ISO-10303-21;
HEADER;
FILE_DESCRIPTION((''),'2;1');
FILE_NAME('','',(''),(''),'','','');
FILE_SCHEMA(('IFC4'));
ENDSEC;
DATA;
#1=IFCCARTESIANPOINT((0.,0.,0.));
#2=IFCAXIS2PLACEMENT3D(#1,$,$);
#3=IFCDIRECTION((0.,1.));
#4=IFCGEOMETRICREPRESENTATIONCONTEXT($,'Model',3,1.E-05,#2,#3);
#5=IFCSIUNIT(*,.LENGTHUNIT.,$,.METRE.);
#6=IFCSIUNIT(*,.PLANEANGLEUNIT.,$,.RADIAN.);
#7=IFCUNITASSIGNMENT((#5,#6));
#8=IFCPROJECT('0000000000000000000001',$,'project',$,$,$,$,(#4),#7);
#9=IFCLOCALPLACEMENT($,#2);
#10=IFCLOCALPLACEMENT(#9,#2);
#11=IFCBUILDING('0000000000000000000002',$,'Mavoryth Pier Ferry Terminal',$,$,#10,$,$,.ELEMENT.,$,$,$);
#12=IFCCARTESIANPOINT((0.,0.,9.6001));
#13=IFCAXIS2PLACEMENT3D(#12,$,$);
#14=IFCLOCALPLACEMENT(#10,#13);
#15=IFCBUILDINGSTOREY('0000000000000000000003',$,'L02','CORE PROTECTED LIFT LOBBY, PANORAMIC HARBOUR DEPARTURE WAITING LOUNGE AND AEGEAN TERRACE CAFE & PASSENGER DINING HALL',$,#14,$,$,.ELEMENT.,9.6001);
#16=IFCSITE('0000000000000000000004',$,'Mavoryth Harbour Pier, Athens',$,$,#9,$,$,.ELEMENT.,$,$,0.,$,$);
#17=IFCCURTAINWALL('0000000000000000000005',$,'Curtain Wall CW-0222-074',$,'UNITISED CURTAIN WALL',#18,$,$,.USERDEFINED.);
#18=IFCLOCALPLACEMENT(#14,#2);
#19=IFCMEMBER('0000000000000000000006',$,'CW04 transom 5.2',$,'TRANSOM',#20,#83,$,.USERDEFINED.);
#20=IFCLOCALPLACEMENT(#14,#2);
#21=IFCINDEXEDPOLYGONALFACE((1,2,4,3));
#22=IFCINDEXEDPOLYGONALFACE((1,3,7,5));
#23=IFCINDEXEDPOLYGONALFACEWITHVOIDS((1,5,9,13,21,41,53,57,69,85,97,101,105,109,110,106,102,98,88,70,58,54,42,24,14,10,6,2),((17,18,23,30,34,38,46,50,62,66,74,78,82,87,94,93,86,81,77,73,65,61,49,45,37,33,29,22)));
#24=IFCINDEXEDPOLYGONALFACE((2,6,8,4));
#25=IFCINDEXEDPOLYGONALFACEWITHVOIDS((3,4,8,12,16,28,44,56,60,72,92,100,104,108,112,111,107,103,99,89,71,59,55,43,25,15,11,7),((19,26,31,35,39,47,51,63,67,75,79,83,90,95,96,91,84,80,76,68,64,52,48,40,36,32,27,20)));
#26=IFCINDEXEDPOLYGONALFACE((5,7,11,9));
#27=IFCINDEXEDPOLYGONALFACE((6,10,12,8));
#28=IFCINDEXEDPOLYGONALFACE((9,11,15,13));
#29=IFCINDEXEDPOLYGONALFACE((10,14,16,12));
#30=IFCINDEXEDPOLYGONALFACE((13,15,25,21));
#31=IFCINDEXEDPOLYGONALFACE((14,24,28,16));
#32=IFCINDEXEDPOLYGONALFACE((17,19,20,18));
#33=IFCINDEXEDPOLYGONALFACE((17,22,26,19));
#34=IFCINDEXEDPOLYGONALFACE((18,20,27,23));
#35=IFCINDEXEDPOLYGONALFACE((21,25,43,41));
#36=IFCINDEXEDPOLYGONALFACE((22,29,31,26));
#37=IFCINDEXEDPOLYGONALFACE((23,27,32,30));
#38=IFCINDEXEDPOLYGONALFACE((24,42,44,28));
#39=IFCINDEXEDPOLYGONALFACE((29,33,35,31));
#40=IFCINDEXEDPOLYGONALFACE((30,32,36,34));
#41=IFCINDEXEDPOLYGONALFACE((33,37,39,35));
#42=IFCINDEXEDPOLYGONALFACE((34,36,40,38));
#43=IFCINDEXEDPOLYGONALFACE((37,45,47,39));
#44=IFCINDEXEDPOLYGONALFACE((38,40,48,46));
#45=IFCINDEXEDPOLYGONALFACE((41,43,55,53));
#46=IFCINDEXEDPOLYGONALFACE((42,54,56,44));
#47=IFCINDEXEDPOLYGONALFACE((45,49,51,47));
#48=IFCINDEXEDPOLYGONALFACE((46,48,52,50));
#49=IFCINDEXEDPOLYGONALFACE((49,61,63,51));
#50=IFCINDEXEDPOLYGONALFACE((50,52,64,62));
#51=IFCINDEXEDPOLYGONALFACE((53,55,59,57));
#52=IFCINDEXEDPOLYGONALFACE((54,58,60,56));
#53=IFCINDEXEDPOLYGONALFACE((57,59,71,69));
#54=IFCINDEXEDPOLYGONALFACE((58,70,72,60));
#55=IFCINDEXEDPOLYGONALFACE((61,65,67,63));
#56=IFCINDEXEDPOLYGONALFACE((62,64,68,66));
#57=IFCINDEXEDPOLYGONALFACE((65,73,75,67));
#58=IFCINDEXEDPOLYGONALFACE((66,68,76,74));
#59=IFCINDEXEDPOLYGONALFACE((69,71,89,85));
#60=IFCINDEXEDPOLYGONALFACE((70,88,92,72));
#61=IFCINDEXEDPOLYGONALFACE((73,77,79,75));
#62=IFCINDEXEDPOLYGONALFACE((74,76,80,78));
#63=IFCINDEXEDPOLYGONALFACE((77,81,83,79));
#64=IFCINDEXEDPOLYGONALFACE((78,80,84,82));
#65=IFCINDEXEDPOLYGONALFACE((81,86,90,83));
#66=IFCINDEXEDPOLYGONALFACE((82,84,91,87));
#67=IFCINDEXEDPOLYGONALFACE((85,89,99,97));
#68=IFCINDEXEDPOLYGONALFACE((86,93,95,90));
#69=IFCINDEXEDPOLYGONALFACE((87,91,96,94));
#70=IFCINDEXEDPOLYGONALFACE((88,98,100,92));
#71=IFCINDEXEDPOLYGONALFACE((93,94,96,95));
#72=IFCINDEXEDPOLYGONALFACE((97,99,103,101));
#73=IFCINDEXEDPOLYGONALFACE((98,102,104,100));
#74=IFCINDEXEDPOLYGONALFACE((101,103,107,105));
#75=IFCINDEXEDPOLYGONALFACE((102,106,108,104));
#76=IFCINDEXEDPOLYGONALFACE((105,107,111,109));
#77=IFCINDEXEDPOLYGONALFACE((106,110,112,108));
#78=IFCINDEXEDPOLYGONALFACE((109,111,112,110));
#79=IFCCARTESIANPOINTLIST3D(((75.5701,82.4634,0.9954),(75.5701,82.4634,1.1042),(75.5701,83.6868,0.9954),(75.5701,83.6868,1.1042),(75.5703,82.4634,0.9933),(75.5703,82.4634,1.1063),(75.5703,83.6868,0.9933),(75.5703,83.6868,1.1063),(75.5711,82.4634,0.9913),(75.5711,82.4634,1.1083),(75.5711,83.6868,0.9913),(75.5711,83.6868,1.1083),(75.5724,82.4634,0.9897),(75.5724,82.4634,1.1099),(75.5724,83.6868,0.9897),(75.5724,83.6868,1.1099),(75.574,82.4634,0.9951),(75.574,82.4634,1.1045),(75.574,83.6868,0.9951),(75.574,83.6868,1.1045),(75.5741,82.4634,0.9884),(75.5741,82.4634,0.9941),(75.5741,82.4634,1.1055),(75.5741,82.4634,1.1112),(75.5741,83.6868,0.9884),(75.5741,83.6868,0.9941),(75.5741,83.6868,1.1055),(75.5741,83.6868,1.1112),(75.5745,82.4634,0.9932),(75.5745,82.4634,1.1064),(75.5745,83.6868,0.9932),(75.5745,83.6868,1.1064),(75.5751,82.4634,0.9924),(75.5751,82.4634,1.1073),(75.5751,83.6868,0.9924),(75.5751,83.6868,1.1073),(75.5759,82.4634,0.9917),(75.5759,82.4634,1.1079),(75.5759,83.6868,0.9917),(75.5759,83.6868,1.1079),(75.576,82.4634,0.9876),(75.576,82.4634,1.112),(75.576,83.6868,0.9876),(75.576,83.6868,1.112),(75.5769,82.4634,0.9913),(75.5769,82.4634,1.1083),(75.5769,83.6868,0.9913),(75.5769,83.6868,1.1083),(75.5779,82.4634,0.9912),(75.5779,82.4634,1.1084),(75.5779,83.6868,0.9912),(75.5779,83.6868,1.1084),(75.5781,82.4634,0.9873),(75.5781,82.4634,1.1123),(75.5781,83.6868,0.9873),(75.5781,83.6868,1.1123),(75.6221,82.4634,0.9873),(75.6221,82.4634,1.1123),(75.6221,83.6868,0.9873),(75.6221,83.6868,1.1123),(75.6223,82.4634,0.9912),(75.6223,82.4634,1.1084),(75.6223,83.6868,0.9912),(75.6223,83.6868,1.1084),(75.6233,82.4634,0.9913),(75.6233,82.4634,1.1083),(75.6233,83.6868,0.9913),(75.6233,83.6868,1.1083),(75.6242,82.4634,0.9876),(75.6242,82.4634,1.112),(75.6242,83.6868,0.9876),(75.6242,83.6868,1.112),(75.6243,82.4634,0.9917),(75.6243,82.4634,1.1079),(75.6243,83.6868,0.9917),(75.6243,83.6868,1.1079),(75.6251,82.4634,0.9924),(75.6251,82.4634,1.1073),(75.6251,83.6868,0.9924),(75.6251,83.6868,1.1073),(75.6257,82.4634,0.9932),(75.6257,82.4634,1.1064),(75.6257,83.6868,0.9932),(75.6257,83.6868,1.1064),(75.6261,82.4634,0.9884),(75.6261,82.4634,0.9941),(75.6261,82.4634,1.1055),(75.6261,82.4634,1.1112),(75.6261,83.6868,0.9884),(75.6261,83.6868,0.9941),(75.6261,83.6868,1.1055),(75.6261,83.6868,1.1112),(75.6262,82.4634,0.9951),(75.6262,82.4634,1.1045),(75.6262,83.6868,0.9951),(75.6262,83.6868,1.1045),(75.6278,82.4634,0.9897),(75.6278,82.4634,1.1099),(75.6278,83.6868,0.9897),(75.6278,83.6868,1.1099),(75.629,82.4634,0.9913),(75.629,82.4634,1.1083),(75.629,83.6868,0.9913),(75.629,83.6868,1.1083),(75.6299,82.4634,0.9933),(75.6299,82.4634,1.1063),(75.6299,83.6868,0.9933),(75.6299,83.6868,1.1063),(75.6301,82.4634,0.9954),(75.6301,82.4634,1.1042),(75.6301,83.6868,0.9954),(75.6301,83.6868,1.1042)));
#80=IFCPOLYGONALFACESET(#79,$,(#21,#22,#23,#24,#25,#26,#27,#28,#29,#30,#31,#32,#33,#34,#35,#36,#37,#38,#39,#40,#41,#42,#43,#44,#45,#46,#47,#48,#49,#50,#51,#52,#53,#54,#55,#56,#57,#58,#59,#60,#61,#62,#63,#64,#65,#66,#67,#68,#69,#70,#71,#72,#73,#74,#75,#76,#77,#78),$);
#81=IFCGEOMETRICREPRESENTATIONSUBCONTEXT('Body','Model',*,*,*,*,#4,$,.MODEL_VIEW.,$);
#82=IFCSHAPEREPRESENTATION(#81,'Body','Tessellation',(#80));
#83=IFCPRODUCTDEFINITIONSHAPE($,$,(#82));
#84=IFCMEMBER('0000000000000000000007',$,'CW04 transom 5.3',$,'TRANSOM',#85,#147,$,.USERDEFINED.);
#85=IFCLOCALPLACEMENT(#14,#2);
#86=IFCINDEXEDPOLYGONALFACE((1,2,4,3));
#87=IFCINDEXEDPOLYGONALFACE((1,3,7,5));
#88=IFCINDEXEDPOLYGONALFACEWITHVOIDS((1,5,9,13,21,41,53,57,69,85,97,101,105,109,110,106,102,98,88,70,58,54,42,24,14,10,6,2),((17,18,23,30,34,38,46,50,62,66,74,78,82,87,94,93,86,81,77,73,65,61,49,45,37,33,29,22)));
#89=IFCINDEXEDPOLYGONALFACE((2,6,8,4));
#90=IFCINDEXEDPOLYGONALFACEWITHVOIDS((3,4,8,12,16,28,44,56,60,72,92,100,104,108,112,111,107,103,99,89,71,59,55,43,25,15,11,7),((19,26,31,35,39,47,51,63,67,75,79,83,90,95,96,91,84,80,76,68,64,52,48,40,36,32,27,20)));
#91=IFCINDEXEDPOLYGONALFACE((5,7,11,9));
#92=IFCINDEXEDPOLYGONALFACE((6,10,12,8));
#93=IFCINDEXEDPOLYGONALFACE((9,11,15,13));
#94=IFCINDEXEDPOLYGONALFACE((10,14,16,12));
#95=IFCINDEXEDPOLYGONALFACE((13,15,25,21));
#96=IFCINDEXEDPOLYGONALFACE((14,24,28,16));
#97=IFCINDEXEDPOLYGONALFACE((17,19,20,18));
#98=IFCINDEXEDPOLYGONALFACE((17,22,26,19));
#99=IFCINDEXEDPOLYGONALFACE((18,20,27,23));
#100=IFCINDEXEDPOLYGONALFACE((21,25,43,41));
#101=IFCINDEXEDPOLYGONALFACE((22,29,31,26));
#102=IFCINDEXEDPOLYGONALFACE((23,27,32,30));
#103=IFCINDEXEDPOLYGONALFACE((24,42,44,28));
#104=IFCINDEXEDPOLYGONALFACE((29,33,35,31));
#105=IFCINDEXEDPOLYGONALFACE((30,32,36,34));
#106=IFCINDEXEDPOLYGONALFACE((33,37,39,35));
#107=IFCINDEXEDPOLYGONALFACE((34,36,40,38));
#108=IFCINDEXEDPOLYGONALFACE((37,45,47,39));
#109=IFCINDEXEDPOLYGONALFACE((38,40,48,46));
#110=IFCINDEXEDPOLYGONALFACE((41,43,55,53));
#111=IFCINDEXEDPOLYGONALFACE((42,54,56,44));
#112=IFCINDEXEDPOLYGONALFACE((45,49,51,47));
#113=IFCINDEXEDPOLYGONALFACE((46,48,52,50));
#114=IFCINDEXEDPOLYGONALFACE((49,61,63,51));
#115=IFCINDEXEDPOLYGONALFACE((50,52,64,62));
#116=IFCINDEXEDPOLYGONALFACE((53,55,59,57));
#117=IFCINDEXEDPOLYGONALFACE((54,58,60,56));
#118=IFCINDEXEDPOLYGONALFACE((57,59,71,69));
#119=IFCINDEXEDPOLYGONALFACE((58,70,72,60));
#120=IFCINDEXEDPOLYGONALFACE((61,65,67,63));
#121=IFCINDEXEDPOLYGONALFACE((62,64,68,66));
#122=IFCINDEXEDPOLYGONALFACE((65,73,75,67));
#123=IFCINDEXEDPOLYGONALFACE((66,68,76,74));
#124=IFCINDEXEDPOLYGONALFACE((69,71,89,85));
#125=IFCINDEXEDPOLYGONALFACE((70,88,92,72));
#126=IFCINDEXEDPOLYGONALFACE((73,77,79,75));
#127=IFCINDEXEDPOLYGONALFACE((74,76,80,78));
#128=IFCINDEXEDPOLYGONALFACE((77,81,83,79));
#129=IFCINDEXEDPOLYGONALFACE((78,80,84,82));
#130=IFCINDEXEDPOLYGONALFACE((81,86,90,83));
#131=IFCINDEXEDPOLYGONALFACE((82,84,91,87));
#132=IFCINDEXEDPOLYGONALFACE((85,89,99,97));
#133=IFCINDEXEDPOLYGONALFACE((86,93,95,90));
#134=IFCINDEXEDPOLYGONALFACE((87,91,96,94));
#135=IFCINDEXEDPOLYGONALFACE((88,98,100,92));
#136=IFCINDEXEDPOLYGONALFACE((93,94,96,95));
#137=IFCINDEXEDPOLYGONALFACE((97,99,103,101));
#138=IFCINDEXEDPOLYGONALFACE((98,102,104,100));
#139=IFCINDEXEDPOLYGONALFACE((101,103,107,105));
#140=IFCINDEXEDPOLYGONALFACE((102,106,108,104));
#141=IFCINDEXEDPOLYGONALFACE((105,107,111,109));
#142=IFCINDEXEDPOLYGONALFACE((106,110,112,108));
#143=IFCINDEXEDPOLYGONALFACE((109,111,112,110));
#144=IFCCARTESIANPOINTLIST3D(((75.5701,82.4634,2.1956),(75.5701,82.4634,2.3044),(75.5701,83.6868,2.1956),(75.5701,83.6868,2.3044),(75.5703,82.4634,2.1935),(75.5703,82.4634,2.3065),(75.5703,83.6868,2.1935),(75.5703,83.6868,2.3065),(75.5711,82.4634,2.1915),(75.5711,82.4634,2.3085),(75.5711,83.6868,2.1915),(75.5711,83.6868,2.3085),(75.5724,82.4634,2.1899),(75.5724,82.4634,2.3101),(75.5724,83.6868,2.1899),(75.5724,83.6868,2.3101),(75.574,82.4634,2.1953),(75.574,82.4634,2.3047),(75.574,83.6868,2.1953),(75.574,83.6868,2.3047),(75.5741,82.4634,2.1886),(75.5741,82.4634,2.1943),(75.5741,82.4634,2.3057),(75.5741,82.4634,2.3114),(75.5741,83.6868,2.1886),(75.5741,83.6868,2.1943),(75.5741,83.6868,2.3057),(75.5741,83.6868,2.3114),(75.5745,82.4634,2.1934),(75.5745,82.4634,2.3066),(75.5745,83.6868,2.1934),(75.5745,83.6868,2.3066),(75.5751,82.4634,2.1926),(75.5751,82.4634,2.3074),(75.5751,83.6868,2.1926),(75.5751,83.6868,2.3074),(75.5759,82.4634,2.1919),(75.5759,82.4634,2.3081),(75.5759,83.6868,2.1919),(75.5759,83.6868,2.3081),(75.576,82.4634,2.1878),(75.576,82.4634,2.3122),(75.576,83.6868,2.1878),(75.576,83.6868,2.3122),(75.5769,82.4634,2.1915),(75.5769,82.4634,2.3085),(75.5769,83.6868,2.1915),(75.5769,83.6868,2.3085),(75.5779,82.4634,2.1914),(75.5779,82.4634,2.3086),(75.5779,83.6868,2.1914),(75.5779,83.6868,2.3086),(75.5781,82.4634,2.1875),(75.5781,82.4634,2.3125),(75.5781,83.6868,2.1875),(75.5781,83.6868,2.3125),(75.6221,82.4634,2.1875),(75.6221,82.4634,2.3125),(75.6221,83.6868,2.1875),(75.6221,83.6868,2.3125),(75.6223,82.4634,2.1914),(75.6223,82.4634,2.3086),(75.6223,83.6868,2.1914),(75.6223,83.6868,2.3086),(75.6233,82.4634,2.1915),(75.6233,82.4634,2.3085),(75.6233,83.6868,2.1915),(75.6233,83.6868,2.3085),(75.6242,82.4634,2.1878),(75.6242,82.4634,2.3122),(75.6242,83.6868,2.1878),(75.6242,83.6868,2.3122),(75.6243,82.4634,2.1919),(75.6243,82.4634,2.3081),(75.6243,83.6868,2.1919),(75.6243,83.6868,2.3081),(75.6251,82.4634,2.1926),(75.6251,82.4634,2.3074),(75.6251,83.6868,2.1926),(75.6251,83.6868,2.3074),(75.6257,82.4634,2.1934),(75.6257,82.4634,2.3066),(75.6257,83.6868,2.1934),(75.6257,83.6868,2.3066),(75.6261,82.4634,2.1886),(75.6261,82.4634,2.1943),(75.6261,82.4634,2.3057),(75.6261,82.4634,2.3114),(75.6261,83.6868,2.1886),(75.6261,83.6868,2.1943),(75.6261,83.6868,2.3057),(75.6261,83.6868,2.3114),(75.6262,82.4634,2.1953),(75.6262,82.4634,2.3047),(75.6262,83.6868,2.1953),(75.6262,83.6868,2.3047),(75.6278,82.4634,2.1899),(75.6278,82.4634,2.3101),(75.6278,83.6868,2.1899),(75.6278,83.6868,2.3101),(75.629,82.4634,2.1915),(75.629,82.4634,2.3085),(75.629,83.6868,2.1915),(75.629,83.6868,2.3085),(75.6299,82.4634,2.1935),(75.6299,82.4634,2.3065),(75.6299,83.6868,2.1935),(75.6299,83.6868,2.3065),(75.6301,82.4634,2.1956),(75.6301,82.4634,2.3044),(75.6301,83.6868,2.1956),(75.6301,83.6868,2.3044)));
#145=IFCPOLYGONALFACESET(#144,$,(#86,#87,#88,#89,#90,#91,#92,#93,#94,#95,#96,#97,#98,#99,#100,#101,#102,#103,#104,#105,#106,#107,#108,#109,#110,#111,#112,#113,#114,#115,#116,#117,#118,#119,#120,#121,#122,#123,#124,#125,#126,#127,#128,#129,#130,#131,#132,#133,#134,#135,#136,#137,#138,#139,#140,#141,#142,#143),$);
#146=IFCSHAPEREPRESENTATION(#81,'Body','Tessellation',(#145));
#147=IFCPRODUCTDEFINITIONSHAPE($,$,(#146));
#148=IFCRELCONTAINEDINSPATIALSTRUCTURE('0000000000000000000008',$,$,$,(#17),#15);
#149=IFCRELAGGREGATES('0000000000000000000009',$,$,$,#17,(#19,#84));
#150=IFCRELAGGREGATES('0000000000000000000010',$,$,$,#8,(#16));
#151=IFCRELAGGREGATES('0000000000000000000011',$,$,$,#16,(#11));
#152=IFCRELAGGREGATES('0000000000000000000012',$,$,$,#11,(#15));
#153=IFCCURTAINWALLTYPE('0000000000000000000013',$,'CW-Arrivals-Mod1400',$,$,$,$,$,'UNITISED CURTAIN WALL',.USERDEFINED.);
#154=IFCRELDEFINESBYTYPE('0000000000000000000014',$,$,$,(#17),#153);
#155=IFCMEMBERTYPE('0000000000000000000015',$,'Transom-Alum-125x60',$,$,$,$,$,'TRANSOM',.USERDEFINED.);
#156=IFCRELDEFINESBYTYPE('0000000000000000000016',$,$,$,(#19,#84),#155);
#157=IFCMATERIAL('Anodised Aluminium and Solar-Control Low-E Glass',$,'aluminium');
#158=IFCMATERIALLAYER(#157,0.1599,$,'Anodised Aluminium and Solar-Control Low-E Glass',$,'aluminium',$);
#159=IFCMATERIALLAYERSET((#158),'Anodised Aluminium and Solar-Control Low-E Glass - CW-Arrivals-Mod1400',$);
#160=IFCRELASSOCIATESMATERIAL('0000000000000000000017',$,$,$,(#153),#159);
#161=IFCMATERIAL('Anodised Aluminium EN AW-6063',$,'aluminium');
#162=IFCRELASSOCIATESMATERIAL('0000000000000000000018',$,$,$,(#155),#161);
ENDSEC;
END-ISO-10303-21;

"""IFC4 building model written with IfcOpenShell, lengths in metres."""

from ifc_helpers import new_model, si_unit, direction, frame, origin, origin_2d, place, context, subcontext, project, spatial, hollow_rectangle, extrude, material, layer, layer_set, material_profile, profile_set, type_object, element, aggregate, save


model = new_model("IFC4")

# Units and contexts
model_context = context("Model", 3, precision=1e-05, world=origin(), true_north=direction((0.0, 1.0)))
body_context = subcontext(model_context, "Body", "Model", "MODEL_VIEW")
ifc_project = project(units=[si_unit("LENGTHUNIT", "METRE"), si_unit("PLANEANGLEUNIT", "RADIAN")], contexts=[model_context])

# Site, building, storey
site_placement = place(None, origin())
site = spatial("IfcSite", under=ifc_project, at=site_placement, Name="Mavoryth Harbour Pier, Athens", CompositionType="ELEMENT", RefElevation=0.0)
building_placement = place(site_placement, origin())
building = spatial("IfcBuilding", under=site, at=building_placement, Name="Mavoryth Pier Ferry Terminal", CompositionType="ELEMENT")
storey_placement = place(building_placement, frame((0.0, 0.0, 9.6001)))
storey = spatial("IfcBuildingStorey", under=building, at=storey_placement, Name="L02", Description="CORE PROTECTED LIFT LOBBY, PANORAMIC HARBOUR DEPARTURE WAITING LOUNGE AND AEGEAN TERRACE CAFE & PASSENGER DINING HALL", CompositionType="ELEMENT", Elevation=9.6001)

# Shared definitions
ifc_material_1 = material(Name="Anodised Aluminium and Solar-Control Low-E Glass", Category="aluminium")
ifc_layer_1 = layer(ifc_material_1, 0.1599, Name="Anodised Aluminium and Solar-Control Low-E Glass", Category="aluminium")
ifc_layer_set_1 = layer_set([ifc_layer_1], Name="Anodised Aluminium and Solar-Control Low-E Glass - CW-Arrivals-Mod1400")
curtain_wall_type = type_object("IfcCurtainWallType", Name="CW-Arrivals-Mod1400", ElementType="UNITISED CURTAIN WALL", PredefinedType="USERDEFINED", material=ifc_layer_set_1)
ifc_material_2 = material(Name="Anodised Aluminium EN AW-6063", Category="aluminium")

# Curtain wall
curtain_wall_1_placement = place(storey_placement, origin())
curtain_wall_1 = element("IfcCurtainWall", 1, at=curtain_wall_1_placement, inside=storey, type_object=curtain_wall_type, Name="Curtain Wall CW-0222-074", ObjectType="UNITISED CURTAIN WALL", PredefinedType="USERDEFINED")

# Members
ifc_material_profile_1 = material_profile(ifc_material_2, hollow_rectangle(XDim=0.0601, YDim=0.125, WallThickness=0.0039, InnerFilletRadius=0.0039, OuterFilletRadius=0.0081, at=origin_2d()), Name="AL-TRAN 125x60x4", Category="aluminium")
ifc_profile_set_1 = profile_set([ifc_material_profile_1], Name="Anodised Aluminium EN AW-6063 - AL-TRAN 125x60x4")
member_type_1 = type_object("IfcMemberType", Name="Transom-Alum-125x60", ElementType="TRANSOM", PredefinedType="USERDEFINED", material=ifc_profile_set_1)
member_1_placement = place(storey_placement, frame((75.6001, 83.6868, 1.0498), z_axis=(0.0, -1.0, 0.0), x_axis=(1.0, 0.0, 0.0)))
member_1 = element("IfcMember", 2, at=member_1_placement, type_object=member_type_1, Name="CW04 transom 5.2", ObjectType="TRANSOM", PredefinedType="USERDEFINED", context=body_context, shape_type="SweptSolid", body=[
    extrude(hollow_rectangle(XDim=0.0601, YDim=0.125, WallThickness=0.0039, InnerFilletRadius=0.0039, OuterFilletRadius=0.0081, at=origin_2d()), origin(), (0.0, 0.0, 1.0), 1.2234),
])
member_2_placement = place(storey_placement, frame((75.6001, 83.6868, 2.25), z_axis=(0.0, -1.0, 0.0), x_axis=(1.0, 0.0, 0.0)))
member_2 = element("IfcMember", 3, at=member_2_placement, type_object=member_type_1, Name="CW04 transom 5.3", ObjectType="TRANSOM", PredefinedType="USERDEFINED", context=body_context, shape_type="SweptSolid", body=[
    extrude(hollow_rectangle(XDim=0.0601, YDim=0.125, WallThickness=0.0039, InnerFilletRadius=0.0039, OuterFilletRadius=0.0081, at=origin_2d()), origin(), (0.0, 0.0, 1.0), 1.2234),
])

aggregate(curtain_wall_1, [member_1, member_2])

save(model, "model.ifc")
